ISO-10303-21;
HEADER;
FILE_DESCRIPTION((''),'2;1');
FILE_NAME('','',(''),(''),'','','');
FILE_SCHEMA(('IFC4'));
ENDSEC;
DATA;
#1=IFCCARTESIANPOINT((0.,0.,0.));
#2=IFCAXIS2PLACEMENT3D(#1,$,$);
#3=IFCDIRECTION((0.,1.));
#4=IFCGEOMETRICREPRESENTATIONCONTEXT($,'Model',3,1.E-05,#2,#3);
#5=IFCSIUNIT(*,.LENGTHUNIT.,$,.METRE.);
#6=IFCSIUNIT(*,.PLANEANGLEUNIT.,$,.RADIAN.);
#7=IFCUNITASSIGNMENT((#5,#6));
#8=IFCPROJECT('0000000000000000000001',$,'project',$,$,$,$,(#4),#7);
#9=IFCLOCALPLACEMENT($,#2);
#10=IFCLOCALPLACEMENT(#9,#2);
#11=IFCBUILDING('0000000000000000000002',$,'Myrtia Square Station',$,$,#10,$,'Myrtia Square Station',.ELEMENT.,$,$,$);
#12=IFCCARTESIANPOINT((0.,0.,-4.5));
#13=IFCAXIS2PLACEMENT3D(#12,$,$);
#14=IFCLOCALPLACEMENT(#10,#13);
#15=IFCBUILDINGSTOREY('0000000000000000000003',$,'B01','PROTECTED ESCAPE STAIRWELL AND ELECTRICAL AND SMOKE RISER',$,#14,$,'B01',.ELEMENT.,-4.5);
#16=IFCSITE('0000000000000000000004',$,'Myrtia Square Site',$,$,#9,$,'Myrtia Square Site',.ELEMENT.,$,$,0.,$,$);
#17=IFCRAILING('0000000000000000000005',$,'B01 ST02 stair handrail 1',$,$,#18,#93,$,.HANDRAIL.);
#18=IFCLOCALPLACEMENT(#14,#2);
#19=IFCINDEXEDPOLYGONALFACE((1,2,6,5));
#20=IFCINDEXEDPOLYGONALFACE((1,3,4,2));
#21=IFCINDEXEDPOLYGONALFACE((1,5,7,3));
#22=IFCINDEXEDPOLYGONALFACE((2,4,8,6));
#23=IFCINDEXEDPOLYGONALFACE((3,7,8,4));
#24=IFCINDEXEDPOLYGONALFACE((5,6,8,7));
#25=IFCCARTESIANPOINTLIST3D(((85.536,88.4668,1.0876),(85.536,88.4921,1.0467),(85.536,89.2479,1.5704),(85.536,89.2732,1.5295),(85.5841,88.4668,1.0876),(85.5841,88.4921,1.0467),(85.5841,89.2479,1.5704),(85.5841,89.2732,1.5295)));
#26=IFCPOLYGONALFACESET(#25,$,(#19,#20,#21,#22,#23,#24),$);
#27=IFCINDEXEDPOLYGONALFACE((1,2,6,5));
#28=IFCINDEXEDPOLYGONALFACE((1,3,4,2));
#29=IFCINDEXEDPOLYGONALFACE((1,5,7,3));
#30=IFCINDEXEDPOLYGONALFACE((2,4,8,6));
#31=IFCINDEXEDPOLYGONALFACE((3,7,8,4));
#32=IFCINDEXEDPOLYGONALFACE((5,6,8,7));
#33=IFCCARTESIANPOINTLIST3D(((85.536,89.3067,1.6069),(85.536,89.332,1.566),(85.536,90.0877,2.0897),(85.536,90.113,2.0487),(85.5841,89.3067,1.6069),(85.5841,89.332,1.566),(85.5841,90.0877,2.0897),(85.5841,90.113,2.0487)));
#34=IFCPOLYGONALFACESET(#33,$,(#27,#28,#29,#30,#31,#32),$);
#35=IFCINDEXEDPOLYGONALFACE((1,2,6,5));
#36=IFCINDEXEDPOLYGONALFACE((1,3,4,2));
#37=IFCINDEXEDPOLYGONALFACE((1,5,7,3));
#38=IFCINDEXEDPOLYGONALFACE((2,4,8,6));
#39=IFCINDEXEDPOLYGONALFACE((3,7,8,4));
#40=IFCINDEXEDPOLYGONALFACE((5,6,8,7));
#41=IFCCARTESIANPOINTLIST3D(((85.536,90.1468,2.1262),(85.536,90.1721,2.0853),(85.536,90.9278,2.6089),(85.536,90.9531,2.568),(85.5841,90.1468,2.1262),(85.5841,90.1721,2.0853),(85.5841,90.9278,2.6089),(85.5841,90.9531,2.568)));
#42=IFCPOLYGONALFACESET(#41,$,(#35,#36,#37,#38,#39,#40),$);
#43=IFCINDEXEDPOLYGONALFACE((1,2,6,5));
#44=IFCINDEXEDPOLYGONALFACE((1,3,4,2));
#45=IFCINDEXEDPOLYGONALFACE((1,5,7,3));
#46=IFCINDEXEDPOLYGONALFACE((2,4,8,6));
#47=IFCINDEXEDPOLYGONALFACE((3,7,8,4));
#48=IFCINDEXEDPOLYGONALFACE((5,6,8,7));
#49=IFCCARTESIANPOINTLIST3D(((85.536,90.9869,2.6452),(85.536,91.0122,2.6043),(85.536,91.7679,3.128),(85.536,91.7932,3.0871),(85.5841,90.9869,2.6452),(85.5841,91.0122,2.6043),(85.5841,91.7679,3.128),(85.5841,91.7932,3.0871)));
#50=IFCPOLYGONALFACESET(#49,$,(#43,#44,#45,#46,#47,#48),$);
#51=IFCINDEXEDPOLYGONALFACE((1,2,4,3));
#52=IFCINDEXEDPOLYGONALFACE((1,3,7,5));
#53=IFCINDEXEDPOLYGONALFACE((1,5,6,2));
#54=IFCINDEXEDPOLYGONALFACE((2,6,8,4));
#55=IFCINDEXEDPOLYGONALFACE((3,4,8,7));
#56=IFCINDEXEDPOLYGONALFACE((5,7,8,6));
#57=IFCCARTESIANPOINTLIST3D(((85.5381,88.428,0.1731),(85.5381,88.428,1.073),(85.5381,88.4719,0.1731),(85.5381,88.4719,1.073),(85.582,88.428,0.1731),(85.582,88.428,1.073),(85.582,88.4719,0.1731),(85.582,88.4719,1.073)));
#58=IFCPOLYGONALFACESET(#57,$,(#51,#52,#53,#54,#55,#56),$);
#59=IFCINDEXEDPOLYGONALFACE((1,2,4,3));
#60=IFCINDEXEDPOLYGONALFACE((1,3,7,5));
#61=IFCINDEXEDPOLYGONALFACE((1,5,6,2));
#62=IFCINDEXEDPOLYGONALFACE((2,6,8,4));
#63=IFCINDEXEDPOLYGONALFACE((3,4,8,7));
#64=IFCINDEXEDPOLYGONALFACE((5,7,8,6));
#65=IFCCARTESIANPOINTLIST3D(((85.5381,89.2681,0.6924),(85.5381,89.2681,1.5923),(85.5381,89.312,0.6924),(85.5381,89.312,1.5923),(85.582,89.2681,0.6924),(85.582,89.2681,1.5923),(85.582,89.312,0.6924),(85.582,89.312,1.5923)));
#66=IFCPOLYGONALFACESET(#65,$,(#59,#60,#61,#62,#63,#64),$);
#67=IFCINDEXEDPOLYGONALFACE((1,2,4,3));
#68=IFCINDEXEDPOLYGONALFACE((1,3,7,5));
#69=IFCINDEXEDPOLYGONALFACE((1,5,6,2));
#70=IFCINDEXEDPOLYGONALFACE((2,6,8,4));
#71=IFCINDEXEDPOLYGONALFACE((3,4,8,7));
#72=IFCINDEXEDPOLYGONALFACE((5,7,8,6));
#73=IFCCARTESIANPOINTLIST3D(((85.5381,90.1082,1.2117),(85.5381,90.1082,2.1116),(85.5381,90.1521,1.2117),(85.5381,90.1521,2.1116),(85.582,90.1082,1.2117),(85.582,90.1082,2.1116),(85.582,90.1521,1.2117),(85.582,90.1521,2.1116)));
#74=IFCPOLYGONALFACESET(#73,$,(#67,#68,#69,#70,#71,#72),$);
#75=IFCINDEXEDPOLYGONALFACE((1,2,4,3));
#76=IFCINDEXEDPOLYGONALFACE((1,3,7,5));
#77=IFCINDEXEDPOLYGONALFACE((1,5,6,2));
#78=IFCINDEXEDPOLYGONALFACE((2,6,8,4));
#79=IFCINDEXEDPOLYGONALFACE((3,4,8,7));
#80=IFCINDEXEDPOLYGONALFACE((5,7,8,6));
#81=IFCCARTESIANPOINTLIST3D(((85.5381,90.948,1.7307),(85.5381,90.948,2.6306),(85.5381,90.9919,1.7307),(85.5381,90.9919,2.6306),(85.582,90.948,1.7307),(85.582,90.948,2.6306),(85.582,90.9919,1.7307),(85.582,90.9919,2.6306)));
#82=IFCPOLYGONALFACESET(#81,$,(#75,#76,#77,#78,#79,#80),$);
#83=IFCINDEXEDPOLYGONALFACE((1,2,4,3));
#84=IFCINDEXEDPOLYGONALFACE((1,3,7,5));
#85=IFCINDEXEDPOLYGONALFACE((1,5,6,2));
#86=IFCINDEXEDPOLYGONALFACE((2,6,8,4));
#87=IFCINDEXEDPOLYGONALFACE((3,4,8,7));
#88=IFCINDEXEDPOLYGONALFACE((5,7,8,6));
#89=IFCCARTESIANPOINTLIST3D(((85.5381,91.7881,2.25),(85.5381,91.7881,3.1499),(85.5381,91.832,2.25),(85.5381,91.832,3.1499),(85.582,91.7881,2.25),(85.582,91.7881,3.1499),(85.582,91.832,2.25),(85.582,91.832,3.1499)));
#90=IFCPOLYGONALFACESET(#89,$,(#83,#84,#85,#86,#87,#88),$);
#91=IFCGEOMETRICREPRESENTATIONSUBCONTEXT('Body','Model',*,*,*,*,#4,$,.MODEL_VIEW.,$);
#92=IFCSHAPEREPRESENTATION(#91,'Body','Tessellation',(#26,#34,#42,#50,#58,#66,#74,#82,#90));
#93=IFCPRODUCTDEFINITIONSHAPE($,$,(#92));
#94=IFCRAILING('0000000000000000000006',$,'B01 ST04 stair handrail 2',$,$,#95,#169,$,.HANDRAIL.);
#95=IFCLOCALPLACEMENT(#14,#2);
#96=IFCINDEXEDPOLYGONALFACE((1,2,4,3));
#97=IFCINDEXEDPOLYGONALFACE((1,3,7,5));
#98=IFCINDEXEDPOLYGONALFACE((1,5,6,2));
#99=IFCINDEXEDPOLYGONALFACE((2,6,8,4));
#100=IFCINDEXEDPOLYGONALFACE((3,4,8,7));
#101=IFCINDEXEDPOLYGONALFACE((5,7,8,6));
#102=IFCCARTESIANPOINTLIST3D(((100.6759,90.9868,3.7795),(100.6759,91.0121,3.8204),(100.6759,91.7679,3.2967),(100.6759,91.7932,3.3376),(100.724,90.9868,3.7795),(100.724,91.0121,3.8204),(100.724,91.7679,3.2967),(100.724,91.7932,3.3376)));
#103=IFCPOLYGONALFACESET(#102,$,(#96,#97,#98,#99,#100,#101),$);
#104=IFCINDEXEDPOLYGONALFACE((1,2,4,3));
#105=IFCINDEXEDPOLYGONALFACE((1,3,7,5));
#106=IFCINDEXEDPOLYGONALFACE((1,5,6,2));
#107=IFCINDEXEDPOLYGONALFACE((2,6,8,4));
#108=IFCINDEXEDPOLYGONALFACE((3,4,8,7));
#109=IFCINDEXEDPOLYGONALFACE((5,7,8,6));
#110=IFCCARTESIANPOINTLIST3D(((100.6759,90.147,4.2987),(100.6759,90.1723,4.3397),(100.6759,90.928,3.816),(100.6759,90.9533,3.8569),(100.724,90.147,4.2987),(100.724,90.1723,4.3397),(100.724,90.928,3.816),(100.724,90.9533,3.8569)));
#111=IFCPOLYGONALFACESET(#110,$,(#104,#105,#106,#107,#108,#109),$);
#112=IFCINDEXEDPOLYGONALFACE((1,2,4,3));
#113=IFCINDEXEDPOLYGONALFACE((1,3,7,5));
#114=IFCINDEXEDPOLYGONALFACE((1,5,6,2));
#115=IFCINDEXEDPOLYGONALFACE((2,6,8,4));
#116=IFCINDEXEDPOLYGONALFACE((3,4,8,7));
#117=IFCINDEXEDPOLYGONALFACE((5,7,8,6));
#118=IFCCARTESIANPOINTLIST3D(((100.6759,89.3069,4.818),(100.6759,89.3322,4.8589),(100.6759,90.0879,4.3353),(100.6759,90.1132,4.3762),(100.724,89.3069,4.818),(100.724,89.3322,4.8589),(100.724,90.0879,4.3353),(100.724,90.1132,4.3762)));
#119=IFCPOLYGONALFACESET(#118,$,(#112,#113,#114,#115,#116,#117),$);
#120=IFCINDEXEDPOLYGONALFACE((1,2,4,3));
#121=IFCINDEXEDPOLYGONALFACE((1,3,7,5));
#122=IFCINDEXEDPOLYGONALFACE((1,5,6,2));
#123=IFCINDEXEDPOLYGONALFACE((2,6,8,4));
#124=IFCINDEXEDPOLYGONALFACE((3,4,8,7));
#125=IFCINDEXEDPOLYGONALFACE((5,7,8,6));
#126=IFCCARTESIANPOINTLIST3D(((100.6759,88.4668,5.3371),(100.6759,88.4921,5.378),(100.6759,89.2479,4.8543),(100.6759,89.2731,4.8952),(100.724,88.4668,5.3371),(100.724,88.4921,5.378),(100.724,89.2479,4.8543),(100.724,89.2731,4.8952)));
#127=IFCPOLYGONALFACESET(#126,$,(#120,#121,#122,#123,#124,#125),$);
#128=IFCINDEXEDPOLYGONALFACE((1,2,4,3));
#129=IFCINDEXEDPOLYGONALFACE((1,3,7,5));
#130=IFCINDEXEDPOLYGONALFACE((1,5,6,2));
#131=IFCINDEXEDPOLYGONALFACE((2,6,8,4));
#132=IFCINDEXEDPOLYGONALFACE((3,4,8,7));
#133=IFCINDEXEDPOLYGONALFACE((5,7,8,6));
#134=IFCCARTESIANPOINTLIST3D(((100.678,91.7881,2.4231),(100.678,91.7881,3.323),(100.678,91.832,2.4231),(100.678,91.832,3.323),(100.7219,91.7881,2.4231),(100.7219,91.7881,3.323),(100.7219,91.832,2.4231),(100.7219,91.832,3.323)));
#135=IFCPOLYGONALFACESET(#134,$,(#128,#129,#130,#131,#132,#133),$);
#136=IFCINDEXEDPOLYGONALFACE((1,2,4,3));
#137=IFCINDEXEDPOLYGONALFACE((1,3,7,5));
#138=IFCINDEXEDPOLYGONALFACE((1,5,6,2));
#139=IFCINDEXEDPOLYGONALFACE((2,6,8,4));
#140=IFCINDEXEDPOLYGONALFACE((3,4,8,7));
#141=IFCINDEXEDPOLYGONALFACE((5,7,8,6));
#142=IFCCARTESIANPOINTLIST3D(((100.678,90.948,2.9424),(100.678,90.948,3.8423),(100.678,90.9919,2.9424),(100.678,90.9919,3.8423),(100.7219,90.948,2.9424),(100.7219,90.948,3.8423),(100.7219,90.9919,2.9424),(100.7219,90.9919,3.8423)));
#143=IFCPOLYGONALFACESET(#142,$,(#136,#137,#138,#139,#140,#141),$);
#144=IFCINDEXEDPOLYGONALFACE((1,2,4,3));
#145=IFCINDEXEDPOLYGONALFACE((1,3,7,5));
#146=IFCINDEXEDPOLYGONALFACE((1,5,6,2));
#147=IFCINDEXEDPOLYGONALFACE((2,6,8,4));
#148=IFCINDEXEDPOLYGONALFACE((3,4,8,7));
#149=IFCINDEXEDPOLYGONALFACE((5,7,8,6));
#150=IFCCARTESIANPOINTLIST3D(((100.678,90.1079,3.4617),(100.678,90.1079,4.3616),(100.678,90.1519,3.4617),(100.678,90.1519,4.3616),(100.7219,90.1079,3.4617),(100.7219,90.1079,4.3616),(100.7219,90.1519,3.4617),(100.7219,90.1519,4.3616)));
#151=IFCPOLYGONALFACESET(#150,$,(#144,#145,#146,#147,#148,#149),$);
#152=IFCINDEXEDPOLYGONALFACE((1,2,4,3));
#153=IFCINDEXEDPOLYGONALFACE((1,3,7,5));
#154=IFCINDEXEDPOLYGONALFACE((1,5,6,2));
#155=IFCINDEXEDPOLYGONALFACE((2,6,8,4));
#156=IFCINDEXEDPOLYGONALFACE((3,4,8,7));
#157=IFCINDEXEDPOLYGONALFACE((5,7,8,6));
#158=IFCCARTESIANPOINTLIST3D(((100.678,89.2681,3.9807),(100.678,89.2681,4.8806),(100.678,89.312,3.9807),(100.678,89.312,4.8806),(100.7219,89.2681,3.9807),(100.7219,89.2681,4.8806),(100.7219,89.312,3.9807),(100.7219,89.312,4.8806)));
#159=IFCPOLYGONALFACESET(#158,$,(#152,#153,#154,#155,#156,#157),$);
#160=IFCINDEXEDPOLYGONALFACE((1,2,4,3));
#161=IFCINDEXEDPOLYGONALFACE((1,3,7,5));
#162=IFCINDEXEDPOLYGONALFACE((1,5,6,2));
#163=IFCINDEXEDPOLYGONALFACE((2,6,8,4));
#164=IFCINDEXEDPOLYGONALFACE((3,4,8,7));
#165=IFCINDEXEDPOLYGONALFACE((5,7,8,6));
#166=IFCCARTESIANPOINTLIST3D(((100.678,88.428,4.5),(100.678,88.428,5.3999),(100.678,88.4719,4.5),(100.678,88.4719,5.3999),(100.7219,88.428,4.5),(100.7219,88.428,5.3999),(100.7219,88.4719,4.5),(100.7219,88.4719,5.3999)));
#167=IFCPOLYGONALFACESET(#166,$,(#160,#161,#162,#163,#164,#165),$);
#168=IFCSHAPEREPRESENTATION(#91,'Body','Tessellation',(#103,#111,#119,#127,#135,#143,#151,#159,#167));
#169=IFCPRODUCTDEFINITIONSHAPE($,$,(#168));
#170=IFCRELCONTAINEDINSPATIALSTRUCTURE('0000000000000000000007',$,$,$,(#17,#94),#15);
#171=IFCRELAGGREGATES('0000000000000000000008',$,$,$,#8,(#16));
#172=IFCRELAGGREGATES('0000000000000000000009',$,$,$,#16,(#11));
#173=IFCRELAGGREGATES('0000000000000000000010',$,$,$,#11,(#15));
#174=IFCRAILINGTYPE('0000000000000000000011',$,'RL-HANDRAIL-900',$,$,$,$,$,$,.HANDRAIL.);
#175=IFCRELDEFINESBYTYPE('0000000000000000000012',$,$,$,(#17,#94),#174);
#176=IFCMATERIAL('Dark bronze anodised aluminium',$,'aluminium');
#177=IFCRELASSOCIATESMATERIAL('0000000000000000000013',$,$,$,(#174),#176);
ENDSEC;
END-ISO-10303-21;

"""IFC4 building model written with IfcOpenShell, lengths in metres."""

from ifc_helpers import new_model, si_unit, direction, frame, origin, origin_2d, place, context, subcontext, project, spatial, rectangle, extrude, material, type_object, element, save


model = new_model("IFC4")

# Units and contexts
model_context = context("Model", 3, precision=1e-05, world=origin(), true_north=direction((0.0, 1.0)))
body_context = subcontext(model_context, "Body", "Model", "MODEL_VIEW")
ifc_project = project(units=[si_unit("LENGTHUNIT", "METRE"), si_unit("PLANEANGLEUNIT", "RADIAN")], contexts=[model_context])

# Site, building, storey
site_placement = place(None, origin())
site = spatial("IfcSite", under=ifc_project, at=site_placement, Name="Myrtia Square Site", LongName="Myrtia Square Site", CompositionType="ELEMENT", RefElevation=0.0)
building_placement = place(site_placement, origin())
building = spatial("IfcBuilding", under=site, at=building_placement, Name="Myrtia Square Station", LongName="Myrtia Square Station", CompositionType="ELEMENT")
storey_placement = place(building_placement, frame((0.0, 0.0, -4.5)))
storey = spatial("IfcBuildingStorey", under=building, at=storey_placement, Name="B01", Description="PROTECTED ESCAPE STAIRWELL AND ELECTRICAL AND SMOKE RISER", LongName="B01", CompositionType="ELEMENT", Elevation=-4.5)

# Shared definitions
ifc_material_1 = material(Name="Dark bronze anodised aluminium", Category="aluminium")

# Railings
railing_type_1 = type_object("IfcRailingType", Name="RL-HANDRAIL-900", PredefinedType="HANDRAIL", material=ifc_material_1)
railing_1_placement = place(storey_placement, frame((85.5601, 88.45, 0.1731)))
element("IfcRailing", 1, at=railing_1_placement, inside=storey, type_object=railing_type_1, Name="B01 ST02 stair handrail 1", PredefinedType="HANDRAIL", context=body_context, shape_type="SweptSolid", body=[
    extrude(rectangle(XDim=0.0481, YDim=0.0481, at=origin_2d()), frame((0.0, 0.0295, 0.894), z_axis=(0.0, 0.850623, 0.525776), x_axis=(-1.0, 0.0, 0.0)), (0.0, 0.0, 1.0), 0.9182),
    extrude(rectangle(XDim=0.0481, YDim=0.0481, at=origin_2d()), frame((0.0, 0.8694, 1.4133), z_axis=(0.0, 0.850623, 0.525776), x_axis=(-1.0, 0.0, 0.0)), (0.0, 0.0, 1.0), 0.9182),
    extrude(rectangle(XDim=0.0481, YDim=0.0481, at=origin_2d()), frame((0.0, 1.7095, 1.9326), z_axis=(0.0, 0.850623, 0.525776), x_axis=(-1.0, 0.0, 0.0)), (0.0, 0.0, 1.0), 0.9182),
    extrude(rectangle(XDim=0.0481, YDim=0.0481, at=origin_2d()), frame((0.0, 2.5496, 2.4517), z_axis=(0.0, 0.850623, 0.525776), x_axis=(-1.0, 0.0, 0.0)), (0.0, 0.0, 1.0), 0.9182),
    extrude(rectangle(XDim=0.0439, YDim=0.0439, at=origin_2d()), origin(), (0.0, 0.0, 1.0), 0.8999),
    extrude(rectangle(XDim=0.0439, YDim=0.0439, at=origin_2d()), frame((0.0, 0.8401, 0.5193)), (0.0, 0.0, 1.0), 0.8999),
    extrude(rectangle(XDim=0.0439, YDim=0.0439, at=origin_2d()), frame((0.0, 1.6802, 1.0386)), (0.0, 0.0, 1.0), 0.8999),
    extrude(rectangle(XDim=0.0439, YDim=0.0439, at=origin_2d()), frame((0.0, 2.52, 1.5576)), (0.0, 0.0, 1.0), 0.8999),
    extrude(rectangle(XDim=0.0439, YDim=0.0439, at=origin_2d()), frame((0.0, 3.3601, 2.0769)), (0.0, 0.0, 1.0), 0.8999),
])
railing_2_placement = place(storey_placement, frame((100.7, 91.8101, 2.4231)))
element("IfcRailing", 2, at=railing_2_placement, inside=storey, type_object=railing_type_1, Name="B01 ST04 stair handrail 2", PredefinedType="HANDRAIL", context=body_context, shape_type="SweptSolid", body=[
    extrude(rectangle(XDim=0.0481, YDim=0.0481, at=origin_2d()), frame((0.0, -0.0295, 0.894), z_axis=(0.0, -0.850623, 0.525776), x_axis=(1.0, 0.0, 0.0)), (0.0, 0.0, 1.0), 0.9182),
    extrude(rectangle(XDim=0.0481, YDim=0.0481, at=origin_2d()), frame((0.0, -0.8694, 1.4133), z_axis=(0.0, -0.850623, 0.525776), x_axis=(1.0, 0.0, 0.0)), (0.0, 0.0, 1.0), 0.9182),
    extrude(rectangle(XDim=0.0481, YDim=0.0481, at=origin_2d()), frame((0.0, -1.7095, 1.9326), z_axis=(0.0, -0.850623, 0.525776), x_axis=(1.0, 0.0, 0.0)), (0.0, 0.0, 1.0), 0.9182),
    extrude(rectangle(XDim=0.0481, YDim=0.0481, at=origin_2d()), frame((0.0, -2.5496, 2.4517), z_axis=(0.0, -0.850623, 0.525776), x_axis=(1.0, 0.0, 0.0)), (0.0, 0.0, 1.0), 0.9182),
    extrude(rectangle(XDim=0.0439, YDim=0.0439, at=origin_2d()), origin(), (0.0, 0.0, 1.0), 0.8999),
    extrude(rectangle(XDim=0.0439, YDim=0.0439, at=origin_2d()), frame((0.0, -0.8401, 0.5193)), (0.0, 0.0, 1.0), 0.8999),
    extrude(rectangle(XDim=0.0439, YDim=0.0439, at=origin_2d()), frame((0.0, -1.6802, 1.0386)), (0.0, 0.0, 1.0), 0.8999),
    extrude(rectangle(XDim=0.0439, YDim=0.0439, at=origin_2d()), frame((0.0, -2.52, 1.5576)), (0.0, 0.0, 1.0), 0.8999),
    extrude(rectangle(XDim=0.0439, YDim=0.0439, at=origin_2d()), frame((0.0, -3.3601, 2.0769)), (0.0, 0.0, 1.0), 0.8999),
])

save(model, "model.ifc")
